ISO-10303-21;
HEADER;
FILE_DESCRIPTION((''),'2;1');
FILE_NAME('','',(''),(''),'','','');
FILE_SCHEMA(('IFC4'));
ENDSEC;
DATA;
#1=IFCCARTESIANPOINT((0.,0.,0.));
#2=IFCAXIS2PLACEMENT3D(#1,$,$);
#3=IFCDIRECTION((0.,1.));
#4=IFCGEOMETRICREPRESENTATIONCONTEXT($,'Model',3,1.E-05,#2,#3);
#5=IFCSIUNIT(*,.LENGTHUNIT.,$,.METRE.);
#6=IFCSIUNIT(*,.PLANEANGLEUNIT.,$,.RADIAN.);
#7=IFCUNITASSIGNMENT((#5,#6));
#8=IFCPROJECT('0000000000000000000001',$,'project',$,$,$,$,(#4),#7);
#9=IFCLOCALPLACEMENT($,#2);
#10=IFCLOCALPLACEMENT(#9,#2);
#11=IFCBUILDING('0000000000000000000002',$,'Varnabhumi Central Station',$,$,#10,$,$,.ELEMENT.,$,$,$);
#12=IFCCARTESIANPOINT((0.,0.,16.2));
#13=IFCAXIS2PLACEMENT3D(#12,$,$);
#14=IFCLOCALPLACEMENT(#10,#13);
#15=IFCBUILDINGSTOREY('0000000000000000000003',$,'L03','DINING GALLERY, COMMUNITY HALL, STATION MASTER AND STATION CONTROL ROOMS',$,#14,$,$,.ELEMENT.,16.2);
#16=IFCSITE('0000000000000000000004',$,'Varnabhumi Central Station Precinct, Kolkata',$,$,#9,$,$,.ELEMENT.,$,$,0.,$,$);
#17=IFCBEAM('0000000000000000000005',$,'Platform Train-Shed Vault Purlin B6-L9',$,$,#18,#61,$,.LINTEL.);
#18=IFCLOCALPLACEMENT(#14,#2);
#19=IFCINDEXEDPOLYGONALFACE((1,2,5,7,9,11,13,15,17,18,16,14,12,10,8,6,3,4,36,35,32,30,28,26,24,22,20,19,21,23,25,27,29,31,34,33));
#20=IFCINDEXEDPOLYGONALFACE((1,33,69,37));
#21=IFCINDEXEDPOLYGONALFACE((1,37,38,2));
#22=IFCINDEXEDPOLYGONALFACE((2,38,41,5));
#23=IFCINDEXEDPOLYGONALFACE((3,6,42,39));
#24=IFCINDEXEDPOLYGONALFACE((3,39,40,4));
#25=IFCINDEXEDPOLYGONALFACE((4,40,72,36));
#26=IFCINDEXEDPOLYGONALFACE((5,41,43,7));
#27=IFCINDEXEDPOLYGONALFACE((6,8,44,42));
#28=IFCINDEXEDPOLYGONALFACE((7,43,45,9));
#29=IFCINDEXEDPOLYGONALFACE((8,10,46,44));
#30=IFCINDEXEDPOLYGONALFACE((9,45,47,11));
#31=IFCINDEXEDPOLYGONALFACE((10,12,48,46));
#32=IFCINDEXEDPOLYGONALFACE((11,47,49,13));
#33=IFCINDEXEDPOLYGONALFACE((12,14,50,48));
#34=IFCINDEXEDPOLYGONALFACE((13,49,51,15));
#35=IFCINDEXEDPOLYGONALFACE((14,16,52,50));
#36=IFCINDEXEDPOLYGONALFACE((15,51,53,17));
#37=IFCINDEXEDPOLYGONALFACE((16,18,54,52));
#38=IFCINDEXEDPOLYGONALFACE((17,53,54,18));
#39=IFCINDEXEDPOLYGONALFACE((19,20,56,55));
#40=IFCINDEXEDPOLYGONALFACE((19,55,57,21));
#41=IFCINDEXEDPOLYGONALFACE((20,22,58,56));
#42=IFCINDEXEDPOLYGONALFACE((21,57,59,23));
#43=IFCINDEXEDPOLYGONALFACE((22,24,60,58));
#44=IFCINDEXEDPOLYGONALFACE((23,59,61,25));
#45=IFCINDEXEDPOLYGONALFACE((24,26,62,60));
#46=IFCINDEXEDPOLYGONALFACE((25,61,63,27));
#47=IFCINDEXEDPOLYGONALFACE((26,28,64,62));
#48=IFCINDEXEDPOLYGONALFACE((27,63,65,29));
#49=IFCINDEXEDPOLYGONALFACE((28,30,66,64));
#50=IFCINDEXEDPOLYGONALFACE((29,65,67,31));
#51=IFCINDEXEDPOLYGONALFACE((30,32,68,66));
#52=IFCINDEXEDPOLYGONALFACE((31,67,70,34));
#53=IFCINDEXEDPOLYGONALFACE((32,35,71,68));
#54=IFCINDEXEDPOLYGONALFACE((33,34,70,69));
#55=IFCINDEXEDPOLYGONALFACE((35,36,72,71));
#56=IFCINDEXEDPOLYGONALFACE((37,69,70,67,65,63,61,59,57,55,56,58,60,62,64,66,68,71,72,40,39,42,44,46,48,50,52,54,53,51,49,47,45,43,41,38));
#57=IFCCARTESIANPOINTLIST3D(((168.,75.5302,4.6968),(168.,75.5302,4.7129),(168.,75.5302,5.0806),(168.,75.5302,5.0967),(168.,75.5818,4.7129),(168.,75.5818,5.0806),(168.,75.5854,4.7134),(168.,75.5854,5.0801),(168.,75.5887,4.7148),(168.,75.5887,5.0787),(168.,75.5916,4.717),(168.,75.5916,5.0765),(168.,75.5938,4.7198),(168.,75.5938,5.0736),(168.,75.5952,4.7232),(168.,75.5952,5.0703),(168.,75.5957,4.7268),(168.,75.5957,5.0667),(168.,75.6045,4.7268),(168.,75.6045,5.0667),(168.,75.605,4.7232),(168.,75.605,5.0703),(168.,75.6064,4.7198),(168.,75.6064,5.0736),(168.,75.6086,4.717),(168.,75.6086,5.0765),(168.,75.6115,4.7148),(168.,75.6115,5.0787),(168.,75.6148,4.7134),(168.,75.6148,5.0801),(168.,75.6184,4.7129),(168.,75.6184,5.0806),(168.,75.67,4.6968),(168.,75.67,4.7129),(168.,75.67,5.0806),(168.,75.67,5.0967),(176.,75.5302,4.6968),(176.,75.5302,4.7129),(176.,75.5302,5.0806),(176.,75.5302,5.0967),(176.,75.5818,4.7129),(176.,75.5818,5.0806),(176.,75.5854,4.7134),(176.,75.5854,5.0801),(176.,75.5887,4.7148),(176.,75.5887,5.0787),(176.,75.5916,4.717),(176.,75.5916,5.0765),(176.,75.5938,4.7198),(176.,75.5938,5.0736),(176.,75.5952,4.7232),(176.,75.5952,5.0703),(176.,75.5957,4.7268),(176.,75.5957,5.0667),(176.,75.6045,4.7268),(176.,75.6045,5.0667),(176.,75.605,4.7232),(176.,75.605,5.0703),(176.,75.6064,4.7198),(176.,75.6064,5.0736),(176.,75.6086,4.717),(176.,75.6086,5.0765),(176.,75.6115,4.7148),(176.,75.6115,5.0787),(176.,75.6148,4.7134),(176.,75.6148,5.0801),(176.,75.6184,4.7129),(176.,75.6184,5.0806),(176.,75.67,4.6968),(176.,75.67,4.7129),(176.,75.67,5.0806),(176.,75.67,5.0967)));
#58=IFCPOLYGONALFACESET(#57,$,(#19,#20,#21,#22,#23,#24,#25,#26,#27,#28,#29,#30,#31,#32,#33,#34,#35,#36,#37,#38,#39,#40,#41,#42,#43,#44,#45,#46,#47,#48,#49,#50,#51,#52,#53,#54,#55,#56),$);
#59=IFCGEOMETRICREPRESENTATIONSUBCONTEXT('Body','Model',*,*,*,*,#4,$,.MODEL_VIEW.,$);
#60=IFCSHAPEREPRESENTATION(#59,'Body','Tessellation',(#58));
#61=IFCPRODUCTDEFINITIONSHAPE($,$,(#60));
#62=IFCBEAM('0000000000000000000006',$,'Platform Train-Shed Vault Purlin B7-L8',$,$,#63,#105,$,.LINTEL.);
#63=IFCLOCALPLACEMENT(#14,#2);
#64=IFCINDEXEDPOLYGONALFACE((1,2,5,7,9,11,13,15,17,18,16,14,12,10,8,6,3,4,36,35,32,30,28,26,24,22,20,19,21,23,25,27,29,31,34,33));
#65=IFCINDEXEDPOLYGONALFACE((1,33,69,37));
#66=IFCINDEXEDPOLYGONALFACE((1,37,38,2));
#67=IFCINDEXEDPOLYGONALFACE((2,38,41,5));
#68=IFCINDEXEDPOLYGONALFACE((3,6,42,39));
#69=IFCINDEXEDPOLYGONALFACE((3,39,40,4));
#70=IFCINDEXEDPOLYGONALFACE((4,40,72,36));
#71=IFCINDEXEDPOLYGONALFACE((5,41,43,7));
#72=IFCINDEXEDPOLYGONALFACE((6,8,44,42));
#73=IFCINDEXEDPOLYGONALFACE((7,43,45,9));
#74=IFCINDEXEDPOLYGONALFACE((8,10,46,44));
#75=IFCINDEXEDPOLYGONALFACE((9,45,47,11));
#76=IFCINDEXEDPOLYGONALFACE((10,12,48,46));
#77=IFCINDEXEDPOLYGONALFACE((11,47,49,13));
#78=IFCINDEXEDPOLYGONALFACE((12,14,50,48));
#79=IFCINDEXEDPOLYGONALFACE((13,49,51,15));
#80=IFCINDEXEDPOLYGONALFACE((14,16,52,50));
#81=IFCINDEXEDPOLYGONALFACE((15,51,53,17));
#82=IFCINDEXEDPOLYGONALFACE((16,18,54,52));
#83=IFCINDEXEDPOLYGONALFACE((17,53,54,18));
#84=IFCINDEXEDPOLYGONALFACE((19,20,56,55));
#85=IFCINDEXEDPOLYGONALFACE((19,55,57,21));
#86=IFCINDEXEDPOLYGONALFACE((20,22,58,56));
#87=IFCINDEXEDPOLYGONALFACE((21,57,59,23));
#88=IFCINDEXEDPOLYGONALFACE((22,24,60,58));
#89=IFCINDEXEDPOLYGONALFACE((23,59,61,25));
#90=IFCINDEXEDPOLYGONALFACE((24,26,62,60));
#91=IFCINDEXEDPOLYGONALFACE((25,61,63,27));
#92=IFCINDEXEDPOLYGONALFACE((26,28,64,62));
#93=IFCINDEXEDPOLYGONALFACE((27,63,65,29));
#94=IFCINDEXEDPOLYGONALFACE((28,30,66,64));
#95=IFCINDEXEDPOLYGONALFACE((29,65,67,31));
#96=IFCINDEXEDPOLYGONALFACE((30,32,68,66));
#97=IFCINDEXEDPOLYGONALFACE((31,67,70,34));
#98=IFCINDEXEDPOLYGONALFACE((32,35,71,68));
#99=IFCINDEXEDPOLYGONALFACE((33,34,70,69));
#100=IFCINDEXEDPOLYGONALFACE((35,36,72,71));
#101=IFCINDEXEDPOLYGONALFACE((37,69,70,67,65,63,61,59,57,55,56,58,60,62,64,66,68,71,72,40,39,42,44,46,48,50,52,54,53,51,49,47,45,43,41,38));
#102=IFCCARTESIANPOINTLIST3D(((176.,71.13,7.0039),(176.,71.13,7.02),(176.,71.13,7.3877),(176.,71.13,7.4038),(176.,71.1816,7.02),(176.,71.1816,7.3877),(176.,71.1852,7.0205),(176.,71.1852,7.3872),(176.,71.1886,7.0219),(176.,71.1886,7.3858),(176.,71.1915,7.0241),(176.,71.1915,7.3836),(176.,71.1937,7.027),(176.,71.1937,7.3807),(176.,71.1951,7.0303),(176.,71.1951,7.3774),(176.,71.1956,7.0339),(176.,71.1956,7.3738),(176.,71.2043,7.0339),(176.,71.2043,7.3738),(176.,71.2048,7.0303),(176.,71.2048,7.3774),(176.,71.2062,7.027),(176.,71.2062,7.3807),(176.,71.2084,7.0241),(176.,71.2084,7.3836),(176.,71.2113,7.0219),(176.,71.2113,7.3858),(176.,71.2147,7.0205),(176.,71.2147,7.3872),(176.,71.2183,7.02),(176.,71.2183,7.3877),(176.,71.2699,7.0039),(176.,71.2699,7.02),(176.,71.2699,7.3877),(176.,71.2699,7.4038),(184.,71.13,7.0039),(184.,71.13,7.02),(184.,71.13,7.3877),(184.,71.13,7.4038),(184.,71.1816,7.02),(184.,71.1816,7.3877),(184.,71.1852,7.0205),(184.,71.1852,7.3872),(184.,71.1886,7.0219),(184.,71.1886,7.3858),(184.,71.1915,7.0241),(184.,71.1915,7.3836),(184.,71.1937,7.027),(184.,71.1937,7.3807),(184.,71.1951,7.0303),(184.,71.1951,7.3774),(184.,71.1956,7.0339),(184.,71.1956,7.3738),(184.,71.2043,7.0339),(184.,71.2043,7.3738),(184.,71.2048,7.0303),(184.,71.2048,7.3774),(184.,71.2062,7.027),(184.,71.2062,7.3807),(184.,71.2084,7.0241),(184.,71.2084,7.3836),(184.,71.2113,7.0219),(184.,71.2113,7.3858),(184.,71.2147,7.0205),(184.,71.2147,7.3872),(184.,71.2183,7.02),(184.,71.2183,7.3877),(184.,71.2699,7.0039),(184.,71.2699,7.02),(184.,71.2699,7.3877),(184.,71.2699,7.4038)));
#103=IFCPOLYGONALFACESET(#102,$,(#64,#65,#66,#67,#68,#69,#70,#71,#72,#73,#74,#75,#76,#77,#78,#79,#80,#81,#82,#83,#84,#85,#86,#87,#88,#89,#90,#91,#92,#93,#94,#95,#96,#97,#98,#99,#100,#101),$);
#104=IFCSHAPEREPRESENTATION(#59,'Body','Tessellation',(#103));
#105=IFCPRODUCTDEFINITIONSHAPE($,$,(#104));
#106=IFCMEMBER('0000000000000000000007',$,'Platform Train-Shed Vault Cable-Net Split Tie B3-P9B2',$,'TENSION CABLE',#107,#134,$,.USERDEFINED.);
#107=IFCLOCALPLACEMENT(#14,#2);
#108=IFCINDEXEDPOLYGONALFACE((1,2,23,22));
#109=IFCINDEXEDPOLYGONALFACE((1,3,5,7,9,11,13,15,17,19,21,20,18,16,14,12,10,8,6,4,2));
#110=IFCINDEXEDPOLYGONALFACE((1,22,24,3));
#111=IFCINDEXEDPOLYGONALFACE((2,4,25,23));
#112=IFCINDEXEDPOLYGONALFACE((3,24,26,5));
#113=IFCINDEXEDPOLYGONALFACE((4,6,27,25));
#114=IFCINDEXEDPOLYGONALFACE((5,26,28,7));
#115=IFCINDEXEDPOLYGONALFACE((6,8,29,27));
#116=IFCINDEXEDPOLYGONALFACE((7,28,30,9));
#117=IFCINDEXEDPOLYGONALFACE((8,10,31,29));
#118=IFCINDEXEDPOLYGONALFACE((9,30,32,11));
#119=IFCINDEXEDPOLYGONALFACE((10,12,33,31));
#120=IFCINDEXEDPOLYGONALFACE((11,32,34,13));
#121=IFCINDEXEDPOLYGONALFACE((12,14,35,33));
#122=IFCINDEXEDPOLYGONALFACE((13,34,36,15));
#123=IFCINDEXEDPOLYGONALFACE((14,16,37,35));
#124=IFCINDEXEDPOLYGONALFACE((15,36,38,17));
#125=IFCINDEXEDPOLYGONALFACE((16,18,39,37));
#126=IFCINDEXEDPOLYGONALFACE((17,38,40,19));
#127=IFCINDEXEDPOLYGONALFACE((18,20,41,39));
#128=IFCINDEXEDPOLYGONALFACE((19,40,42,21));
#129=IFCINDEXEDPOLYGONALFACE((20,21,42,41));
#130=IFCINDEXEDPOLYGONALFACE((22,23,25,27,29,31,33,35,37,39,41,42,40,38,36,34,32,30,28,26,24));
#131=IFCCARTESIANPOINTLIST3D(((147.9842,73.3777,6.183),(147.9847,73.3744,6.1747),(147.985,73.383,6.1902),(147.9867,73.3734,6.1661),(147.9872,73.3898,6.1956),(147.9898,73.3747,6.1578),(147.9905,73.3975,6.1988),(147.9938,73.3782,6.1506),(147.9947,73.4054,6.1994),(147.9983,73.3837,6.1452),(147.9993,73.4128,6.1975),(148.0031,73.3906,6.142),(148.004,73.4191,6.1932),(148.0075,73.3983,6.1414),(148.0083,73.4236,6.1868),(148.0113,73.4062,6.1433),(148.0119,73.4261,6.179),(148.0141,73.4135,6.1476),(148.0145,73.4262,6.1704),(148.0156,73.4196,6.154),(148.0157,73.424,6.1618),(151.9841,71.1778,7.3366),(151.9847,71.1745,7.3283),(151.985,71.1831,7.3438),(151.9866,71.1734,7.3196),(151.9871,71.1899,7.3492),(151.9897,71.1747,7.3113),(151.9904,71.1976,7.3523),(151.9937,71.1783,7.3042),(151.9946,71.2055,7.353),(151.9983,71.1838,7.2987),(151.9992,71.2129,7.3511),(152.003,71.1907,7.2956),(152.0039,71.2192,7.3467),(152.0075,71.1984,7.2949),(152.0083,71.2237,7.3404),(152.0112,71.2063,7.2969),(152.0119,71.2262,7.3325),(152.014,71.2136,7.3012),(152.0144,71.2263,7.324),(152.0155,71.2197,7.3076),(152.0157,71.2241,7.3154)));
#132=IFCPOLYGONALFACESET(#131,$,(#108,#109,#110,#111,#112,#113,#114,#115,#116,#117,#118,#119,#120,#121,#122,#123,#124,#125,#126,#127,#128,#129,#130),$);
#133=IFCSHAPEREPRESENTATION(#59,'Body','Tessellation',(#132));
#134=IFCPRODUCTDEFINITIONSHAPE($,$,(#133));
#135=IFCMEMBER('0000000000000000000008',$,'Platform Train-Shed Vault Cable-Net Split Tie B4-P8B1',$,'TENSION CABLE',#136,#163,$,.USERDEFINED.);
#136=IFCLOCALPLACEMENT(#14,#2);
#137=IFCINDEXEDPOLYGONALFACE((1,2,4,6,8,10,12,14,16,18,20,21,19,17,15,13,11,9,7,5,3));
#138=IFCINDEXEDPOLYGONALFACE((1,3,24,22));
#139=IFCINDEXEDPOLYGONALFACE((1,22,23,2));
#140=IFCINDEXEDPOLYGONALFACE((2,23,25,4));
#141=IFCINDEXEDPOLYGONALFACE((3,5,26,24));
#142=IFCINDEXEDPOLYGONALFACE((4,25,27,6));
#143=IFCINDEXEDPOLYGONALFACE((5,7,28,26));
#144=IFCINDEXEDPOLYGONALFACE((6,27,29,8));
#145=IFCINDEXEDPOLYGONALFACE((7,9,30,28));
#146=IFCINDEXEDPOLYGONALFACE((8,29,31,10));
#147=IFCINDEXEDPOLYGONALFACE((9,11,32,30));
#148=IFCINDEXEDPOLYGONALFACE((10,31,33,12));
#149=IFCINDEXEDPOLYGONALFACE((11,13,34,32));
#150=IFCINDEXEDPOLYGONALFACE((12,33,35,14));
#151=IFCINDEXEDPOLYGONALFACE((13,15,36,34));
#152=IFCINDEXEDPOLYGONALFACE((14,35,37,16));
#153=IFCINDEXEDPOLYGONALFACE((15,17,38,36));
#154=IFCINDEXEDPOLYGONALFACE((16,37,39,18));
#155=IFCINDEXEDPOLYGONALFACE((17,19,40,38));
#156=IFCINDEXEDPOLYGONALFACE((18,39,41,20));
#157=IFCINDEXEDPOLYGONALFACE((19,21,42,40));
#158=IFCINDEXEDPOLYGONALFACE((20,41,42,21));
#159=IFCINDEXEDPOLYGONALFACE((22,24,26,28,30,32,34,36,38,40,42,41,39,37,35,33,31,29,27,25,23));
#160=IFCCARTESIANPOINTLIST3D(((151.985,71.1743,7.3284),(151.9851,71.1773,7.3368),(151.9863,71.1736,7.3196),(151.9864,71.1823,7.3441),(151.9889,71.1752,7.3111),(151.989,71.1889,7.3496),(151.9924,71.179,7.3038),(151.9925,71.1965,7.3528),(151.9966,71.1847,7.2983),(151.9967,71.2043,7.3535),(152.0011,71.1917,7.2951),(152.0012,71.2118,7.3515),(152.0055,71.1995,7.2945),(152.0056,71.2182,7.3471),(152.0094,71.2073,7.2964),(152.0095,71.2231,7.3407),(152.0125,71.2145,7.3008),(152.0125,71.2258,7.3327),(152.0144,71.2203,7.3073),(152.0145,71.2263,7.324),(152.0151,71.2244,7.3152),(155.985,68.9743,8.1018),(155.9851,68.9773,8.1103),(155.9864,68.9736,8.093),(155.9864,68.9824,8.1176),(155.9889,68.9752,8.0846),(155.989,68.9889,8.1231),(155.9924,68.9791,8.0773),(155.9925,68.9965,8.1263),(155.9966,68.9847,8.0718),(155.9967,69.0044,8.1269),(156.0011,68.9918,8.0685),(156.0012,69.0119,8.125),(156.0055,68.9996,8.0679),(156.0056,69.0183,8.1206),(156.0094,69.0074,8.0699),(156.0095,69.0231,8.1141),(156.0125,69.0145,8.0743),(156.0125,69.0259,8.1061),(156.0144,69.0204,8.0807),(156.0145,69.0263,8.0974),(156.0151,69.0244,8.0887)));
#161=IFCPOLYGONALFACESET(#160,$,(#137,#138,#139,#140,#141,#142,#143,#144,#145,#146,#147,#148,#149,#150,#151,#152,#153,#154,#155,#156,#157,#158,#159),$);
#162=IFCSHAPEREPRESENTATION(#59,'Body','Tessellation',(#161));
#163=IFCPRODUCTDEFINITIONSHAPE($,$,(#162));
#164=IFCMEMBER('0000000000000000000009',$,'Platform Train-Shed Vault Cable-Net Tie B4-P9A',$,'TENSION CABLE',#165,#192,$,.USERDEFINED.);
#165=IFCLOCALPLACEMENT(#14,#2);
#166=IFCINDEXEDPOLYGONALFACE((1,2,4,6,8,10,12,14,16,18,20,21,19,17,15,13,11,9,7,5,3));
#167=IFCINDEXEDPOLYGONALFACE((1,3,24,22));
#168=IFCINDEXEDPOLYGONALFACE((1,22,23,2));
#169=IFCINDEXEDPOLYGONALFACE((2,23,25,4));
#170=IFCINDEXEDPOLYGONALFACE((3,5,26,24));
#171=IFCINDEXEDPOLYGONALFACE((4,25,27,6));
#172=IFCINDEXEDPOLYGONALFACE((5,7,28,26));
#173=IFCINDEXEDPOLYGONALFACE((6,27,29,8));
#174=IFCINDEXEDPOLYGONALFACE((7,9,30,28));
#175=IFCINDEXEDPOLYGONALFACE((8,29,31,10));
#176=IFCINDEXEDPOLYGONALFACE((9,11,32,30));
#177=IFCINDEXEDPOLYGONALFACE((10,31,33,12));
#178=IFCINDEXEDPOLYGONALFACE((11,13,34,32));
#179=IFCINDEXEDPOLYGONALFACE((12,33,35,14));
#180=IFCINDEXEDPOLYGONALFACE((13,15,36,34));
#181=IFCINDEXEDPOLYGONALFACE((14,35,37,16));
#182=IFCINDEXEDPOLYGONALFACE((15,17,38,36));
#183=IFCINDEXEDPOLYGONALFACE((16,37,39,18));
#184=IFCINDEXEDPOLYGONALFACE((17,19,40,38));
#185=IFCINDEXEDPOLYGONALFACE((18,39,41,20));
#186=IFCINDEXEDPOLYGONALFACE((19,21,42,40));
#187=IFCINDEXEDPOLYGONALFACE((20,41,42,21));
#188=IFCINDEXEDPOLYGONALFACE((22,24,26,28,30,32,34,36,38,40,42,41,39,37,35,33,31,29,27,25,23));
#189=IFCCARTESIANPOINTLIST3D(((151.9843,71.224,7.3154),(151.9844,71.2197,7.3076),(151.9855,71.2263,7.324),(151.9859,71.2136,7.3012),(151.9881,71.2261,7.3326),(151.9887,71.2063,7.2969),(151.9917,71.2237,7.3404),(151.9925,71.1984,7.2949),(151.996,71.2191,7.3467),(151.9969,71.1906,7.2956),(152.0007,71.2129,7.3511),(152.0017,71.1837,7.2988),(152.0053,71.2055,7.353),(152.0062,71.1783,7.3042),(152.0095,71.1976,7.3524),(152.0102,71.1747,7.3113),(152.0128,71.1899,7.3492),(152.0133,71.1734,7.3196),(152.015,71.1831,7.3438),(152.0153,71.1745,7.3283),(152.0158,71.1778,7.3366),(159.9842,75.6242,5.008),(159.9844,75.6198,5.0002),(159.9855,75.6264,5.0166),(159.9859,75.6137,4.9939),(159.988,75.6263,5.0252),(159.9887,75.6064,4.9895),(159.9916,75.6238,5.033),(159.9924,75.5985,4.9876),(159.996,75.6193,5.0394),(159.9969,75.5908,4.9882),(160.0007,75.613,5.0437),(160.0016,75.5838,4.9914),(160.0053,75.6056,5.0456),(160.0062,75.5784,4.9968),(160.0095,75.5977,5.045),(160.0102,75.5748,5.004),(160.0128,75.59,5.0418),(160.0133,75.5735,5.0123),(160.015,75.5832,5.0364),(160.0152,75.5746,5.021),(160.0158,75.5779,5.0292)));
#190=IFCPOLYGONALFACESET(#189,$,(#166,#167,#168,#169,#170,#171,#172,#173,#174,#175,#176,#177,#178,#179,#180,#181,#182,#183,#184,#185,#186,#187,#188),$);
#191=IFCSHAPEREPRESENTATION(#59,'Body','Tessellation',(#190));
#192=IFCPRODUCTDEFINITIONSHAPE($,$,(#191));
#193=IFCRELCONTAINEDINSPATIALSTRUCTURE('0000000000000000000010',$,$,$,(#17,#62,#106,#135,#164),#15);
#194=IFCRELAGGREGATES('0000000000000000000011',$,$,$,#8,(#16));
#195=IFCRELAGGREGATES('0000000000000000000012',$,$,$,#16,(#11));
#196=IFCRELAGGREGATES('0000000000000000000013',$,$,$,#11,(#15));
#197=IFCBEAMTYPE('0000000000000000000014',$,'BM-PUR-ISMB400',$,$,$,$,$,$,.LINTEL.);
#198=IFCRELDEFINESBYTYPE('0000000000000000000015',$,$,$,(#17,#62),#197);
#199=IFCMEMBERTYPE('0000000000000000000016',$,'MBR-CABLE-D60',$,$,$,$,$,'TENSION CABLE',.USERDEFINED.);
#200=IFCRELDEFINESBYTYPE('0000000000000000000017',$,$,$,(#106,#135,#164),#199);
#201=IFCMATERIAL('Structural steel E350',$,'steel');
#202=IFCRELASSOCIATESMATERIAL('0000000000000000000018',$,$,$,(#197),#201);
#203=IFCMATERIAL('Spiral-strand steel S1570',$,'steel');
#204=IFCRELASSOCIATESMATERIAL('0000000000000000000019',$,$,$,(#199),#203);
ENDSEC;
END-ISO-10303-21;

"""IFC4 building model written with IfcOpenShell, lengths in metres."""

from ifc_helpers import new_model, si_unit, direction, frame, origin, origin_2d, place, context, subcontext, project, spatial, circle, i_section, extrude, material, material_profile, profile_set, type_object, element, save


model = new_model("IFC4")

# Units and contexts
model_context = context("Model", 3, precision=1e-05, world=origin(), true_north=direction((0.0, 1.0)))
body_context = subcontext(model_context, "Body", "Model", "MODEL_VIEW")
ifc_project = project(units=[si_unit("LENGTHUNIT", "METRE"), si_unit("PLANEANGLEUNIT", "RADIAN")], contexts=[model_context])

# Site, building, storey
site_placement = place(None, origin())
site = spatial("IfcSite", under=ifc_project, at=site_placement, Name="Varnabhumi Central Station Precinct, Kolkata", CompositionType="ELEMENT", RefElevation=0.0)
building_placement = place(site_placement, origin())
building = spatial("IfcBuilding", under=site, at=building_placement, Name="Varnabhumi Central Station", CompositionType="ELEMENT")
storey_placement = place(building_placement, frame((0.0, 0.0, 16.2)))
storey = spatial("IfcBuildingStorey", under=building, at=storey_placement, Name="L03", Description="DINING GALLERY, COMMUNITY HALL, STATION MASTER AND STATION CONTROL ROOMS", CompositionType="ELEMENT", Elevation=16.2)

# Beams
ifc_material_1 = material(Name="Structural steel E350", Category="steel")
ifc_material_profile_1 = material_profile(ifc_material_1, i_section(OverallWidth=0.1399, OverallDepth=0.3999, WebThickness=0.0088, FlangeThickness=0.0161, FilletRadius=0.0139, at=origin_2d()), Name="Structural steel E350", Category="steel")
ifc_profile_set_1 = profile_set([ifc_material_profile_1], Name="Structural steel E350")
beam_type_1 = type_object("IfcBeamType", Name="BM-PUR-ISMB400", PredefinedType="LINTEL", material=ifc_profile_set_1)
for number, where, z_axis, x_axis, name in (
    (1, (168.0, 75.6001, 4.8967), (1.0, 0.0, 0.0), (0.0, 1.0, 0.0), "Platform Train-Shed Vault Purlin B6-L9"),
    (2, (176.0, 71.2, 7.2039), (1.0, 0.0, 0.0), (0.0, 1.0, 0.0), "Platform Train-Shed Vault Purlin B7-L8"),
):
    element("IfcBeam", number, at=place(storey_placement, frame(where, z_axis=z_axis, x_axis=x_axis)), inside=storey, type_object=beam_type_1, Name=name, PredefinedType="LINTEL", context=body_context, shape_type="SweptSolid", body=[
        extrude(i_section(OverallWidth=0.1399, OverallDepth=0.3999, WebThickness=0.0088, FlangeThickness=0.0161, FilletRadius=0.0139, at=origin_2d()), origin(), (0.0, 0.0, 1.0), 8.0),
    ])

# Members
ifc_material_2 = material(Name="Spiral-strand steel S1570", Category="steel")
ifc_material_profile_2 = material_profile(ifc_material_2, circle(Radius=0.03, at=origin_2d()), Name="Spiral-strand steel S1570", Category="steel")
ifc_profile_set_2 = profile_set([ifc_material_profile_2], Name="Spiral-strand steel S1570")
member_type = type_object("IfcMemberType", Name="MBR-CABLE-D60", ElementType="TENSION CABLE", PredefinedType="USERDEFINED", material=ifc_profile_set_2)
member_1_placement = place(storey_placement, frame((148.0, 73.3999, 6.1704), z_axis=(0.849517, -0.467224, 0.244993), x_axis=(0.481911, 0.87622, 0.0)))
element("IfcMember", 3, at=member_1_placement, inside=storey, type_object=member_type, Name="Platform Train-Shed Vault Cable-Net Split Tie B3-P9B2", ObjectType="TENSION CABLE", PredefinedType="USERDEFINED", context=body_context, shape_type="SweptSolid", body=[
    extrude(circle(Radius=0.03, at=origin_2d()), origin(), (0.0, 0.0, 1.0), 4.7085),
])
member_2_placement = place(storey_placement, frame((152.0, 71.2, 7.324), z_axis=(0.863909, -0.475139, 0.167045), x_axis=(0.481911, 0.87622, 0.0)))
element("IfcMember", 4, at=member_2_placement, inside=storey, type_object=member_type, Name="Platform Train-Shed Vault Cable-Net Split Tie B4-P8B1", ObjectType="TENSION CABLE", PredefinedType="USERDEFINED", context=body_context, shape_type="SweptSolid", body=[
    extrude(circle(Radius=0.03, at=origin_2d()), origin(), (0.0, 0.0, 1.0), 4.6301),
])
member_3_placement = place(storey_placement, frame((152.0, 71.2, 7.324), z_axis=(0.849502, 0.467242, -0.245015), x_axis=(-0.481931, 0.876209, 0.0)))
element("IfcMember", 5, at=member_3_placement, inside=storey, type_object=member_type, Name="Platform Train-Shed Vault Cable-Net Tie B4-P9A", ObjectType="TENSION CABLE", PredefinedType="USERDEFINED", context=body_context, shape_type="SweptSolid", body=[
    extrude(circle(Radius=0.03, at=origin_2d()), origin(), (0.0, 0.0, 1.0), 9.4172),
])

save(model, "model.ifc")
